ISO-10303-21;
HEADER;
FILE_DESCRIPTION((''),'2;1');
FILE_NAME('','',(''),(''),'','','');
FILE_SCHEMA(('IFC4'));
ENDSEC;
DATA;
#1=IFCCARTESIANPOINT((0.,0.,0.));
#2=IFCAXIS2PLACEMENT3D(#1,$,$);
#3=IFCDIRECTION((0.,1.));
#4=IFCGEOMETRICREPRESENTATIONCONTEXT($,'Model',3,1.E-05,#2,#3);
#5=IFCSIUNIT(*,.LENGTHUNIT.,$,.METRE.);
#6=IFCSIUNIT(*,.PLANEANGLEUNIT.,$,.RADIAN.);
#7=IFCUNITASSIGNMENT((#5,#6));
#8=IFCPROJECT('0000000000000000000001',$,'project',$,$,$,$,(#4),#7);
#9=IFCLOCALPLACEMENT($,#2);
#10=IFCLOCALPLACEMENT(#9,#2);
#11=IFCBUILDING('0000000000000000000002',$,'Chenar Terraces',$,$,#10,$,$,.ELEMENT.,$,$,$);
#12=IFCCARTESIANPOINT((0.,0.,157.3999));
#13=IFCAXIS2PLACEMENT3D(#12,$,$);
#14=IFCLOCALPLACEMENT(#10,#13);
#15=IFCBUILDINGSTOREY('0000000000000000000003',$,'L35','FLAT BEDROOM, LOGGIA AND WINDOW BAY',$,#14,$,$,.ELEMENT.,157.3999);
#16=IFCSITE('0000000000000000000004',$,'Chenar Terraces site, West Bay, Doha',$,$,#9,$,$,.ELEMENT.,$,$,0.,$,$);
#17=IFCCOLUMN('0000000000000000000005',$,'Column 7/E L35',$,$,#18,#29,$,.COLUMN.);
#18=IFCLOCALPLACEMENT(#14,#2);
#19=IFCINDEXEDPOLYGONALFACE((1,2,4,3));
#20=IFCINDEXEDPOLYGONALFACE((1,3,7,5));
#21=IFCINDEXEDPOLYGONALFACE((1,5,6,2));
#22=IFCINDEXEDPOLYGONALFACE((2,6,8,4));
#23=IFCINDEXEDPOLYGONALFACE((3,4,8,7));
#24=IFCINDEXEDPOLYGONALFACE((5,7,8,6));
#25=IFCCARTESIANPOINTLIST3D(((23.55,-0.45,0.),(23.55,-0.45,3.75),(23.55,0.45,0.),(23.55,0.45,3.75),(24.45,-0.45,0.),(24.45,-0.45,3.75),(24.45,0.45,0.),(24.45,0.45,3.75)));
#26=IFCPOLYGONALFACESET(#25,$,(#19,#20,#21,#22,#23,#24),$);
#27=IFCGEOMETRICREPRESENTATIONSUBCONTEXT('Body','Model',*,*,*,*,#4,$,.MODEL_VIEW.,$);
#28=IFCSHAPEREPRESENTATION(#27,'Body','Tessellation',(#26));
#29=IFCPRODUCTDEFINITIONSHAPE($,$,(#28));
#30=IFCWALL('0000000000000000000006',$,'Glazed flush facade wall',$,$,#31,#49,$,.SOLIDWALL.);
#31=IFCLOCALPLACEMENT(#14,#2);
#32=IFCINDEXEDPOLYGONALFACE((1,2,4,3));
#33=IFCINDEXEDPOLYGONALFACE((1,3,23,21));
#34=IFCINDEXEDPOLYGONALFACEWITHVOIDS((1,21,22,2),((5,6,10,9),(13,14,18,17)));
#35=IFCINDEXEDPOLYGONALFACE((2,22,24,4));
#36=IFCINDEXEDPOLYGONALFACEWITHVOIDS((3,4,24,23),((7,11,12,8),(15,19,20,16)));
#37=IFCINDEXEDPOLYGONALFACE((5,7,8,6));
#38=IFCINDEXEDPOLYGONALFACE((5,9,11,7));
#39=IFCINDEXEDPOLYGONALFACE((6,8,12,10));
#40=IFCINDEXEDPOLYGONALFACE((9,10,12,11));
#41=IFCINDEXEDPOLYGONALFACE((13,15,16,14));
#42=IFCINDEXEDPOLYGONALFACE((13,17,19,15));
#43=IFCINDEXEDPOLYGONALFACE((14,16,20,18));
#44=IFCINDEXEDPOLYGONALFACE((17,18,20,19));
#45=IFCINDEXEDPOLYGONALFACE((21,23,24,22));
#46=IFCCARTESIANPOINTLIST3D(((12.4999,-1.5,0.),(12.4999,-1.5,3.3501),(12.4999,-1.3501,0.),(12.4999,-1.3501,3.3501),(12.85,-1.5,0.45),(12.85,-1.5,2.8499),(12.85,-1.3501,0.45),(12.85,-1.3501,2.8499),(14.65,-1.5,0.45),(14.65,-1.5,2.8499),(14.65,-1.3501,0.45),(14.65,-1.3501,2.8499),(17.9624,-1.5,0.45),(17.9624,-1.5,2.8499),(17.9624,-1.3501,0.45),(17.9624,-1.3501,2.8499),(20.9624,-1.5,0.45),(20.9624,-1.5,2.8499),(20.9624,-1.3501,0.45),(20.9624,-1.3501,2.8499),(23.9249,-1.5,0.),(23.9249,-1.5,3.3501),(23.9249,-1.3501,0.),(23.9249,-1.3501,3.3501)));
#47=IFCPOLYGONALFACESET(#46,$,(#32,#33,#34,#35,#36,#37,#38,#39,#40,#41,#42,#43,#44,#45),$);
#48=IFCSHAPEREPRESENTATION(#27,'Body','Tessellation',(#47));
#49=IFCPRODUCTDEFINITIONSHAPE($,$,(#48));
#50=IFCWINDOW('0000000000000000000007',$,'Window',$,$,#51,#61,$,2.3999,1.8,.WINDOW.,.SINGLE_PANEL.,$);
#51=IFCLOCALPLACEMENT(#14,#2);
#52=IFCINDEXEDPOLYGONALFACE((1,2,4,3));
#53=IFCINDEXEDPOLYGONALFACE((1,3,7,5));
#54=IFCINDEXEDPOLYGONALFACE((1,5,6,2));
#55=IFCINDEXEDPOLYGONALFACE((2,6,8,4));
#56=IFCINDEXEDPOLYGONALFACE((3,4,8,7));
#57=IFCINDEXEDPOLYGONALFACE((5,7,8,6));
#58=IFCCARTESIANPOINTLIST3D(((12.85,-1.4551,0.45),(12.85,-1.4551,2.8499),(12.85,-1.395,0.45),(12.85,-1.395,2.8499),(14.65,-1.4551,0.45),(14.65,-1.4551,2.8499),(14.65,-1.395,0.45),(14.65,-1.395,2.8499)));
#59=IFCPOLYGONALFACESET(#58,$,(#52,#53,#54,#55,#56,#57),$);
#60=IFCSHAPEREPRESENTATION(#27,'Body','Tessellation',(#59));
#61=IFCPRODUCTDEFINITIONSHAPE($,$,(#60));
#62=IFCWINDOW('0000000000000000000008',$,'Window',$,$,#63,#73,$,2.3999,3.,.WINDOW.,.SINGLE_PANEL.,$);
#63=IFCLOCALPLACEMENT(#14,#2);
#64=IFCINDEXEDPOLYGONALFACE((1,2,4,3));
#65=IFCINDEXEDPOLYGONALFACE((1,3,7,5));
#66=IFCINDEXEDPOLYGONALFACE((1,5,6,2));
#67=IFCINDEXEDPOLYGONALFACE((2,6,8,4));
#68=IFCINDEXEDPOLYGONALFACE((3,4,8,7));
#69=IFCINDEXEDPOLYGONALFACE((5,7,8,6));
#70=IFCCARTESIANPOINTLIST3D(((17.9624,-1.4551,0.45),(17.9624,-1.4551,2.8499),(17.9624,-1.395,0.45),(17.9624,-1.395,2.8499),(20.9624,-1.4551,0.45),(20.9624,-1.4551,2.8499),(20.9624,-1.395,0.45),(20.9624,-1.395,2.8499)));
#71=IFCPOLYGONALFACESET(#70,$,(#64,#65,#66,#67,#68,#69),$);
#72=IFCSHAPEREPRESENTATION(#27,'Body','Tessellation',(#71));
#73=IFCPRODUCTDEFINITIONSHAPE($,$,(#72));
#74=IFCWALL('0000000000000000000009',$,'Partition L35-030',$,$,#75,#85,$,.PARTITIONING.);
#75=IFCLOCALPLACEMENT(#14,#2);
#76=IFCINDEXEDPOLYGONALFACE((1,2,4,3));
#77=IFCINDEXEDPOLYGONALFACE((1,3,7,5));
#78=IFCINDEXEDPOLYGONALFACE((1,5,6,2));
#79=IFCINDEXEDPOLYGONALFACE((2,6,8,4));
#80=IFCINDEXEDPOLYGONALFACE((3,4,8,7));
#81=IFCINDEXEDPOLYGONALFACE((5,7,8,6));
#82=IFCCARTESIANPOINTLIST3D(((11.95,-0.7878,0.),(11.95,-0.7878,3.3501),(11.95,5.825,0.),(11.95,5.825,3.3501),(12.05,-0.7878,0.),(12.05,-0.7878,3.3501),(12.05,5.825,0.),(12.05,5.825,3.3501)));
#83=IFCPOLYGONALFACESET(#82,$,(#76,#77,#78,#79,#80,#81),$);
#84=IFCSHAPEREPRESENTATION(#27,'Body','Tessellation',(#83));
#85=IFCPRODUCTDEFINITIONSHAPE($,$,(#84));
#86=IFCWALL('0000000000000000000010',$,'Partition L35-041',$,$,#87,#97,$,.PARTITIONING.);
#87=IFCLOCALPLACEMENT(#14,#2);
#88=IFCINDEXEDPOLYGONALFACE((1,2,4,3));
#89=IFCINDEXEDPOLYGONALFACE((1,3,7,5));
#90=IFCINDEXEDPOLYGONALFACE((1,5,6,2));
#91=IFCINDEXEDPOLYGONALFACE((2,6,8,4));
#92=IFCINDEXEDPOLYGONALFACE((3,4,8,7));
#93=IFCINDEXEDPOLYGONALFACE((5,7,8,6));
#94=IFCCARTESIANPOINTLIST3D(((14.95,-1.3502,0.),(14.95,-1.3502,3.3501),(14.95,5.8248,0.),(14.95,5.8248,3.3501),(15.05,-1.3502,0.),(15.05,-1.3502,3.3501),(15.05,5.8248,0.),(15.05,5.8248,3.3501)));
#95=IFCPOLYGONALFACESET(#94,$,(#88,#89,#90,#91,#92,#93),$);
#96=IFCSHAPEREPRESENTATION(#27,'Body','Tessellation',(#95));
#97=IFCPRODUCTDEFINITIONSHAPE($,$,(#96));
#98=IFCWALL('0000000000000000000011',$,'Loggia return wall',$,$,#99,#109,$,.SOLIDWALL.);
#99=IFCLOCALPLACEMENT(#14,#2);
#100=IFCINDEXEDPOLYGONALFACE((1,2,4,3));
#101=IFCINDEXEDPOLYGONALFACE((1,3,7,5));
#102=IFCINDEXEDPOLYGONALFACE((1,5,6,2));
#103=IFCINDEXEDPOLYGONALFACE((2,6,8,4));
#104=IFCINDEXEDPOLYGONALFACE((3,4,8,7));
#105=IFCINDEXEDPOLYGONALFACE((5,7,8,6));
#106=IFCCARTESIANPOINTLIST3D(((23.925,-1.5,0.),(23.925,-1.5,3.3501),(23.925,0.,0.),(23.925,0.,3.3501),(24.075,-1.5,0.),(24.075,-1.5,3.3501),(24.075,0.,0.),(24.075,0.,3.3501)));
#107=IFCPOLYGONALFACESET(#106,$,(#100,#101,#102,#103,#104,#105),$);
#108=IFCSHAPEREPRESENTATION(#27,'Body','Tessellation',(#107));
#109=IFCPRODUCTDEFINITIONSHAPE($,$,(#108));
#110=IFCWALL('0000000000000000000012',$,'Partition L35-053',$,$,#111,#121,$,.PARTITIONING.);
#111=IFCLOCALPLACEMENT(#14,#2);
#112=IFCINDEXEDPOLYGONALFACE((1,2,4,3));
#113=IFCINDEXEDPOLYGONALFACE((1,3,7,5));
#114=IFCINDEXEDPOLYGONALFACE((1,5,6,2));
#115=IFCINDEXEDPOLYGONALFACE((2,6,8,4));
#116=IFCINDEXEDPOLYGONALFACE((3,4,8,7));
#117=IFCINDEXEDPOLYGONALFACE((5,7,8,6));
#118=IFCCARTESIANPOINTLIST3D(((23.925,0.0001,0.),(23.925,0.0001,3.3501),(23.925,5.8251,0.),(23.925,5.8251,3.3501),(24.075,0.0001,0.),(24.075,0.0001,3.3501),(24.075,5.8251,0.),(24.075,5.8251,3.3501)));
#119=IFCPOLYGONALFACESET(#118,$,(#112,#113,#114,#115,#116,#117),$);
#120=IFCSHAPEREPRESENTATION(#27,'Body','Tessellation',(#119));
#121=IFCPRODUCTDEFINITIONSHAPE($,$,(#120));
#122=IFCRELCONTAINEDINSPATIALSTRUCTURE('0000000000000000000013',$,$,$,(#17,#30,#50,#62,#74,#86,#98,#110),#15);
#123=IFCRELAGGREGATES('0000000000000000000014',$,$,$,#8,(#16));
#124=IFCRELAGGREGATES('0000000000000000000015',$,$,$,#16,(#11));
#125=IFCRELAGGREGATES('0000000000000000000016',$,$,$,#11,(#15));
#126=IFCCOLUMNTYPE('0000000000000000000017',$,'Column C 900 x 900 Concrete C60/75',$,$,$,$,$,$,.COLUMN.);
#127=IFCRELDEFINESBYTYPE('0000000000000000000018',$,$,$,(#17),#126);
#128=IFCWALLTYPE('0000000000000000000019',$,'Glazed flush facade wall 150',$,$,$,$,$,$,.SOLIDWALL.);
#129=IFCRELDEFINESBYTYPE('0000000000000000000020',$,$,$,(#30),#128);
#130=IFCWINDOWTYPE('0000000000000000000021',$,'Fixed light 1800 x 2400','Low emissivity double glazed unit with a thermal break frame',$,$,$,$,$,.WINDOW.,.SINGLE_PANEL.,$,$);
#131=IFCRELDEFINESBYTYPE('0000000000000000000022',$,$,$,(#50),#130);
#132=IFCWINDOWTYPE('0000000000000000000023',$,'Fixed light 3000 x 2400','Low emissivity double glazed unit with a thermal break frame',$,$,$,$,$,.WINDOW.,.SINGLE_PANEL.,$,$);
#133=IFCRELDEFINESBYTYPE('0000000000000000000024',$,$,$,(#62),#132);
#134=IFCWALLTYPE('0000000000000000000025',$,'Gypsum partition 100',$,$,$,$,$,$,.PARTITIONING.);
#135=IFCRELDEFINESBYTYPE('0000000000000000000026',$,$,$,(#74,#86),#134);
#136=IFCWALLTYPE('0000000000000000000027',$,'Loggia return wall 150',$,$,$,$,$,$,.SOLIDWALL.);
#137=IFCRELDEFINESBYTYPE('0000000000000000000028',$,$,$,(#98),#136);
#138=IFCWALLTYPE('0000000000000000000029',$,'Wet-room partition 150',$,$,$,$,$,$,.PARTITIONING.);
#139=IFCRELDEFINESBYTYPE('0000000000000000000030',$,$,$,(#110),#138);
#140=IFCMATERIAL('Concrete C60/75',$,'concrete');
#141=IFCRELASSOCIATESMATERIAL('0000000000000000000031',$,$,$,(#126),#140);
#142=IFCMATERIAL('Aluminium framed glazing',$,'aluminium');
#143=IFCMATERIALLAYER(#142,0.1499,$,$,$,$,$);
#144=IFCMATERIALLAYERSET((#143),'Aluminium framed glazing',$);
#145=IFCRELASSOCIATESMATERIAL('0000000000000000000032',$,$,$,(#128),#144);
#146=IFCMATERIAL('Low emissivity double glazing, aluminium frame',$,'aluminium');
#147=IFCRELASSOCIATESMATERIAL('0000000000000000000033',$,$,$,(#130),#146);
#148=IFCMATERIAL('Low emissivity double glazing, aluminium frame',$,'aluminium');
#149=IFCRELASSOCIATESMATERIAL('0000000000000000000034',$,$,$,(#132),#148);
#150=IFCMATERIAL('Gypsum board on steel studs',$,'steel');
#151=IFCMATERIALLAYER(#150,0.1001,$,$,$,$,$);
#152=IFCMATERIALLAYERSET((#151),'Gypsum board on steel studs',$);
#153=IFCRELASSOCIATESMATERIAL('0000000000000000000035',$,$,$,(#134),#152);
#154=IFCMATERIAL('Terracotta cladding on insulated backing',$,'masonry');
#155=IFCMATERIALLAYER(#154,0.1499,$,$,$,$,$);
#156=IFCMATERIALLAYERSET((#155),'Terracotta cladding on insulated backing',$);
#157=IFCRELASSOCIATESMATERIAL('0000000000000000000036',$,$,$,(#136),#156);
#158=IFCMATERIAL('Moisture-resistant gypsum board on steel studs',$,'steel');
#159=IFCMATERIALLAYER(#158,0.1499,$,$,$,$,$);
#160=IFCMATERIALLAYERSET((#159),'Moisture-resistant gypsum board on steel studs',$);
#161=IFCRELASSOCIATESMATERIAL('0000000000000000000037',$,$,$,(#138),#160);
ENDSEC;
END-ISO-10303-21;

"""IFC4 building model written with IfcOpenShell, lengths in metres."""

from ifc_helpers import new_model, si_unit, direction, frame, frame_2d, origin, origin_2d, place, context, subcontext, project, spatial, rectangle, extrude, material, layer, layer_set, material_profile, profile_set, type_object, element, fill, save


model = new_model("IFC4")

# Units and contexts
model_context = context("Model", 3, precision=1e-05, world=origin(), true_north=direction((0.0, 1.0)))
body_context = subcontext(model_context, "Body", "Model", "MODEL_VIEW")
ifc_project = project(units=[si_unit("LENGTHUNIT", "METRE"), si_unit("PLANEANGLEUNIT", "RADIAN")], contexts=[model_context])

# Site, building, storey
site_placement = place(None, origin())
site = spatial("IfcSite", under=ifc_project, at=site_placement, Name="Chenar Terraces site, West Bay, Doha", CompositionType="ELEMENT", RefElevation=0.0)
building_placement = place(site_placement, origin())
building = spatial("IfcBuilding", under=site, at=building_placement, Name="Chenar Terraces", CompositionType="ELEMENT")
storey_placement = place(building_placement, frame((0.0, 0.0, 157.3999)))
storey = spatial("IfcBuildingStorey", under=building, at=storey_placement, Name="L35", Description="FLAT BEDROOM, LOGGIA AND WINDOW BAY", CompositionType="ELEMENT", Elevation=157.3999)

# Column
ifc_material_1 = material(Name="Concrete C60/75", Category="concrete")
ifc_material_profile_1 = material_profile(ifc_material_1, rectangle(XDim=0.8999, YDim=0.8999, at=origin_2d()), Name="C 900 x 900")
ifc_profile_set_1 = profile_set([ifc_material_profile_1], Name="Concrete C60/75")
column_type = type_object("IfcColumnType", Name="Column C 900 x 900 Concrete C60/75", PredefinedType="COLUMN", material=ifc_profile_set_1)
column_placement = place(storey_placement, frame((24.0, 0.0, 0.0), z_axis=(0.0, 0.0, 1.0), x_axis=(1.0, 0.0, 0.0)))
element("IfcColumn", 1, at=column_placement, inside=storey, type_object=column_type, Name="Column 7/E L35", PredefinedType="COLUMN", context=body_context, shape_type="SweptSolid", body=[
    extrude(rectangle(XDim=0.8999, YDim=0.8999, at=origin_2d()), origin(), (0.0, 0.0, 1.0), 3.75),
])

# Wall, openings, windows
ifc_material_2 = material(Name="Aluminium framed glazing", Category="aluminium")
ifc_layer_1 = layer(ifc_material_2, 0.1499)
ifc_layer_set_1 = layer_set([ifc_layer_1], Name="Aluminium framed glazing")
wall_type_1 = type_object("IfcWallType", Name="Glazed flush facade wall 150", PredefinedType="SOLIDWALL", material=ifc_layer_set_1)
wall_1_placement = place(storey_placement, frame((12.5, -1.425, 0.0), z_axis=(0.0, 0.0, 1.0), x_axis=(1.0, 0.0, 0.0)))
wall_1 = element("IfcWall", 2, at=wall_1_placement, inside=storey, type_object=wall_type_1, Name="Glazed flush facade wall", PredefinedType="SOLIDWALL", context=body_context, shape_type="SweptSolid", body=[
    extrude(rectangle(XDim=11.425, YDim=0.1499, at=frame_2d((5.7124, 0.0))), origin(), (0.0, 0.0, 1.0), 3.3501),
])
opening_1_placement = place(wall_1_placement, frame((0.3501, 0.0, 0.45)))
opening_1 = element("IfcOpeningElement", 3, at=opening_1_placement, cuts=wall_1, PredefinedType="OPENING", context=body_context, shape_type="SweptSolid", body=[
    extrude(rectangle(XDim=1.8, YDim=2.3999, at=frame_2d((0.8999, 1.2))), frame((0.0, 0.085, 0.0), z_axis=(0.0, -1.0, 0.0), x_axis=(1.0, 0.0, 0.0)), (0.0, 0.0, 1.0), 0.1699),
])
opening_2_placement = place(wall_1_placement, frame((5.4624, 0.0, 0.45)))
opening_2 = element("IfcOpeningElement", 4, at=opening_2_placement, cuts=wall_1, PredefinedType="OPENING", context=body_context, shape_type="SweptSolid", body=[
    extrude(rectangle(XDim=3.0, YDim=2.3999, at=frame_2d((1.5, 1.2))), frame((0.0, 0.085, 0.0), z_axis=(0.0, -1.0, 0.0), x_axis=(1.0, 0.0, 0.0)), (0.0, 0.0, 1.0), 0.1699),
])
ifc_material_3 = material(Name="Low emissivity double glazing, aluminium frame", Category="aluminium")
window_type_1 = type_object("IfcWindowType", Name="Fixed light 1800 x 2400", Description="Low emissivity double glazed unit with a thermal break frame", PartitioningType="SINGLE_PANEL", PredefinedType="WINDOW", material=ifc_material_3)
window_1_placement = place(opening_1_placement, origin())
window_1 = element("IfcWindow", 5, at=window_1_placement, inside=storey, type_object=window_type_1, Name="Window", OverallHeight=2.3999, OverallWidth=1.8, PartitioningType="SINGLE_PANEL", PredefinedType="WINDOW", context=body_context, shape_type="SweptSolid", body=[
    extrude(rectangle(XDim=1.8, YDim=2.3999, at=frame_2d((0.8999, 1.2))), frame((0.0, 0.03, 0.0), z_axis=(0.0, -1.0, 0.0), x_axis=(1.0, 0.0, 0.0)), (0.0, 0.0, 1.0), 0.0601),
])
fill(opening_1, window_1)
ifc_material_4 = material(Name="Low emissivity double glazing, aluminium frame", Category="aluminium")
window_type_2 = type_object("IfcWindowType", Name="Fixed light 3000 x 2400", Description="Low emissivity double glazed unit with a thermal break frame", PartitioningType="SINGLE_PANEL", PredefinedType="WINDOW", material=ifc_material_4)
window_2_placement = place(opening_2_placement, origin())
window_2 = element("IfcWindow", 6, at=window_2_placement, inside=storey, type_object=window_type_2, Name="Window", OverallHeight=2.3999, OverallWidth=3.0, PartitioningType="SINGLE_PANEL", PredefinedType="WINDOW", context=body_context, shape_type="SweptSolid", body=[
    extrude(rectangle(XDim=3.0, YDim=2.3999, at=frame_2d((1.5, 1.2))), frame((0.0, 0.03, 0.0), z_axis=(0.0, -1.0, 0.0), x_axis=(1.0, 0.0, 0.0)), (0.0, 0.0, 1.0), 0.0601),
])
fill(opening_2, window_2)

# Walls
ifc_material_5 = material(Name="Gypsum board on steel studs", Category="steel")
ifc_layer_2 = layer(ifc_material_5, 0.1001)
ifc_layer_set_2 = layer_set([ifc_layer_2], Name="Gypsum board on steel studs")
wall_type_2 = type_object("IfcWallType", Name="Gypsum partition 100", PredefinedType="PARTITIONING", material=ifc_layer_set_2)
wall_2_placement = place(storey_placement, frame((12.0, -0.7878, 0.0), z_axis=(0.0, 0.0, 1.0), x_axis=(0.0, 1.0, 0.0)))
element("IfcWall", 7, at=wall_2_placement, inside=storey, type_object=wall_type_2, Name="Partition L35-030", PredefinedType="PARTITIONING", context=body_context, shape_type="SweptSolid", body=[
    extrude(rectangle(XDim=6.6128, YDim=0.1001, at=frame_2d((3.3064, 0.0))), origin(), (0.0, 0.0, 1.0), 3.3501),
])
wall_3_placement = place(storey_placement, frame((15.0, -1.3501, 0.0), z_axis=(0.0, 0.0, 1.0), x_axis=(0.0, 1.0, 0.0)))
element("IfcWall", 8, at=wall_3_placement, inside=storey, type_object=wall_type_2, Name="Partition L35-041", PredefinedType="PARTITIONING", context=body_context, shape_type="SweptSolid", body=[
    extrude(rectangle(XDim=7.175, YDim=0.1001, at=frame_2d((3.5874, 0.0))), origin(), (0.0, 0.0, 1.0), 3.3501),
])
ifc_material_6 = material(Name="Terracotta cladding on insulated backing", Category="masonry")
ifc_layer_3 = layer(ifc_material_6, 0.1499)
ifc_layer_set_3 = layer_set([ifc_layer_3], Name="Terracotta cladding on insulated backing")
wall_type_3 = type_object("IfcWallType", Name="Loggia return wall 150", PredefinedType="SOLIDWALL", material=ifc_layer_set_3)
wall_4_placement = place(storey_placement, frame((24.0, -1.5, 0.0), z_axis=(0.0, 0.0, 1.0), x_axis=(0.0, 1.0, 0.0)))
element("IfcWall", 9, at=wall_4_placement, inside=storey, type_object=wall_type_3, Name="Loggia return wall", PredefinedType="SOLIDWALL", context=body_context, shape_type="SweptSolid", body=[
    extrude(rectangle(XDim=1.5, YDim=0.1499, at=frame_2d((0.75, 0.0))), origin(), (0.0, 0.0, 1.0), 3.3501),
])
ifc_material_7 = material(Name="Moisture-resistant gypsum board on steel studs", Category="steel")
ifc_layer_4 = layer(ifc_material_7, 0.1499)
ifc_layer_set_4 = layer_set([ifc_layer_4], Name="Moisture-resistant gypsum board on steel studs")
wall_type_4 = type_object("IfcWallType", Name="Wet-room partition 150", PredefinedType="PARTITIONING", material=ifc_layer_set_4)
wall_5_placement = place(storey_placement, frame((24.0, 0.0, 0.0), z_axis=(0.0, 0.0, 1.0), x_axis=(0.0, 1.0, 0.0)))
element("IfcWall", 10, at=wall_5_placement, inside=storey, type_object=wall_type_4, Name="Partition L35-053", PredefinedType="PARTITIONING", context=body_context, shape_type="SweptSolid", body=[
    extrude(rectangle(XDim=5.825, YDim=0.1499, at=frame_2d((2.9126, 0.0))), origin(), (0.0, 0.0, 1.0), 3.3501),
])

save(model, "model.ifc")
